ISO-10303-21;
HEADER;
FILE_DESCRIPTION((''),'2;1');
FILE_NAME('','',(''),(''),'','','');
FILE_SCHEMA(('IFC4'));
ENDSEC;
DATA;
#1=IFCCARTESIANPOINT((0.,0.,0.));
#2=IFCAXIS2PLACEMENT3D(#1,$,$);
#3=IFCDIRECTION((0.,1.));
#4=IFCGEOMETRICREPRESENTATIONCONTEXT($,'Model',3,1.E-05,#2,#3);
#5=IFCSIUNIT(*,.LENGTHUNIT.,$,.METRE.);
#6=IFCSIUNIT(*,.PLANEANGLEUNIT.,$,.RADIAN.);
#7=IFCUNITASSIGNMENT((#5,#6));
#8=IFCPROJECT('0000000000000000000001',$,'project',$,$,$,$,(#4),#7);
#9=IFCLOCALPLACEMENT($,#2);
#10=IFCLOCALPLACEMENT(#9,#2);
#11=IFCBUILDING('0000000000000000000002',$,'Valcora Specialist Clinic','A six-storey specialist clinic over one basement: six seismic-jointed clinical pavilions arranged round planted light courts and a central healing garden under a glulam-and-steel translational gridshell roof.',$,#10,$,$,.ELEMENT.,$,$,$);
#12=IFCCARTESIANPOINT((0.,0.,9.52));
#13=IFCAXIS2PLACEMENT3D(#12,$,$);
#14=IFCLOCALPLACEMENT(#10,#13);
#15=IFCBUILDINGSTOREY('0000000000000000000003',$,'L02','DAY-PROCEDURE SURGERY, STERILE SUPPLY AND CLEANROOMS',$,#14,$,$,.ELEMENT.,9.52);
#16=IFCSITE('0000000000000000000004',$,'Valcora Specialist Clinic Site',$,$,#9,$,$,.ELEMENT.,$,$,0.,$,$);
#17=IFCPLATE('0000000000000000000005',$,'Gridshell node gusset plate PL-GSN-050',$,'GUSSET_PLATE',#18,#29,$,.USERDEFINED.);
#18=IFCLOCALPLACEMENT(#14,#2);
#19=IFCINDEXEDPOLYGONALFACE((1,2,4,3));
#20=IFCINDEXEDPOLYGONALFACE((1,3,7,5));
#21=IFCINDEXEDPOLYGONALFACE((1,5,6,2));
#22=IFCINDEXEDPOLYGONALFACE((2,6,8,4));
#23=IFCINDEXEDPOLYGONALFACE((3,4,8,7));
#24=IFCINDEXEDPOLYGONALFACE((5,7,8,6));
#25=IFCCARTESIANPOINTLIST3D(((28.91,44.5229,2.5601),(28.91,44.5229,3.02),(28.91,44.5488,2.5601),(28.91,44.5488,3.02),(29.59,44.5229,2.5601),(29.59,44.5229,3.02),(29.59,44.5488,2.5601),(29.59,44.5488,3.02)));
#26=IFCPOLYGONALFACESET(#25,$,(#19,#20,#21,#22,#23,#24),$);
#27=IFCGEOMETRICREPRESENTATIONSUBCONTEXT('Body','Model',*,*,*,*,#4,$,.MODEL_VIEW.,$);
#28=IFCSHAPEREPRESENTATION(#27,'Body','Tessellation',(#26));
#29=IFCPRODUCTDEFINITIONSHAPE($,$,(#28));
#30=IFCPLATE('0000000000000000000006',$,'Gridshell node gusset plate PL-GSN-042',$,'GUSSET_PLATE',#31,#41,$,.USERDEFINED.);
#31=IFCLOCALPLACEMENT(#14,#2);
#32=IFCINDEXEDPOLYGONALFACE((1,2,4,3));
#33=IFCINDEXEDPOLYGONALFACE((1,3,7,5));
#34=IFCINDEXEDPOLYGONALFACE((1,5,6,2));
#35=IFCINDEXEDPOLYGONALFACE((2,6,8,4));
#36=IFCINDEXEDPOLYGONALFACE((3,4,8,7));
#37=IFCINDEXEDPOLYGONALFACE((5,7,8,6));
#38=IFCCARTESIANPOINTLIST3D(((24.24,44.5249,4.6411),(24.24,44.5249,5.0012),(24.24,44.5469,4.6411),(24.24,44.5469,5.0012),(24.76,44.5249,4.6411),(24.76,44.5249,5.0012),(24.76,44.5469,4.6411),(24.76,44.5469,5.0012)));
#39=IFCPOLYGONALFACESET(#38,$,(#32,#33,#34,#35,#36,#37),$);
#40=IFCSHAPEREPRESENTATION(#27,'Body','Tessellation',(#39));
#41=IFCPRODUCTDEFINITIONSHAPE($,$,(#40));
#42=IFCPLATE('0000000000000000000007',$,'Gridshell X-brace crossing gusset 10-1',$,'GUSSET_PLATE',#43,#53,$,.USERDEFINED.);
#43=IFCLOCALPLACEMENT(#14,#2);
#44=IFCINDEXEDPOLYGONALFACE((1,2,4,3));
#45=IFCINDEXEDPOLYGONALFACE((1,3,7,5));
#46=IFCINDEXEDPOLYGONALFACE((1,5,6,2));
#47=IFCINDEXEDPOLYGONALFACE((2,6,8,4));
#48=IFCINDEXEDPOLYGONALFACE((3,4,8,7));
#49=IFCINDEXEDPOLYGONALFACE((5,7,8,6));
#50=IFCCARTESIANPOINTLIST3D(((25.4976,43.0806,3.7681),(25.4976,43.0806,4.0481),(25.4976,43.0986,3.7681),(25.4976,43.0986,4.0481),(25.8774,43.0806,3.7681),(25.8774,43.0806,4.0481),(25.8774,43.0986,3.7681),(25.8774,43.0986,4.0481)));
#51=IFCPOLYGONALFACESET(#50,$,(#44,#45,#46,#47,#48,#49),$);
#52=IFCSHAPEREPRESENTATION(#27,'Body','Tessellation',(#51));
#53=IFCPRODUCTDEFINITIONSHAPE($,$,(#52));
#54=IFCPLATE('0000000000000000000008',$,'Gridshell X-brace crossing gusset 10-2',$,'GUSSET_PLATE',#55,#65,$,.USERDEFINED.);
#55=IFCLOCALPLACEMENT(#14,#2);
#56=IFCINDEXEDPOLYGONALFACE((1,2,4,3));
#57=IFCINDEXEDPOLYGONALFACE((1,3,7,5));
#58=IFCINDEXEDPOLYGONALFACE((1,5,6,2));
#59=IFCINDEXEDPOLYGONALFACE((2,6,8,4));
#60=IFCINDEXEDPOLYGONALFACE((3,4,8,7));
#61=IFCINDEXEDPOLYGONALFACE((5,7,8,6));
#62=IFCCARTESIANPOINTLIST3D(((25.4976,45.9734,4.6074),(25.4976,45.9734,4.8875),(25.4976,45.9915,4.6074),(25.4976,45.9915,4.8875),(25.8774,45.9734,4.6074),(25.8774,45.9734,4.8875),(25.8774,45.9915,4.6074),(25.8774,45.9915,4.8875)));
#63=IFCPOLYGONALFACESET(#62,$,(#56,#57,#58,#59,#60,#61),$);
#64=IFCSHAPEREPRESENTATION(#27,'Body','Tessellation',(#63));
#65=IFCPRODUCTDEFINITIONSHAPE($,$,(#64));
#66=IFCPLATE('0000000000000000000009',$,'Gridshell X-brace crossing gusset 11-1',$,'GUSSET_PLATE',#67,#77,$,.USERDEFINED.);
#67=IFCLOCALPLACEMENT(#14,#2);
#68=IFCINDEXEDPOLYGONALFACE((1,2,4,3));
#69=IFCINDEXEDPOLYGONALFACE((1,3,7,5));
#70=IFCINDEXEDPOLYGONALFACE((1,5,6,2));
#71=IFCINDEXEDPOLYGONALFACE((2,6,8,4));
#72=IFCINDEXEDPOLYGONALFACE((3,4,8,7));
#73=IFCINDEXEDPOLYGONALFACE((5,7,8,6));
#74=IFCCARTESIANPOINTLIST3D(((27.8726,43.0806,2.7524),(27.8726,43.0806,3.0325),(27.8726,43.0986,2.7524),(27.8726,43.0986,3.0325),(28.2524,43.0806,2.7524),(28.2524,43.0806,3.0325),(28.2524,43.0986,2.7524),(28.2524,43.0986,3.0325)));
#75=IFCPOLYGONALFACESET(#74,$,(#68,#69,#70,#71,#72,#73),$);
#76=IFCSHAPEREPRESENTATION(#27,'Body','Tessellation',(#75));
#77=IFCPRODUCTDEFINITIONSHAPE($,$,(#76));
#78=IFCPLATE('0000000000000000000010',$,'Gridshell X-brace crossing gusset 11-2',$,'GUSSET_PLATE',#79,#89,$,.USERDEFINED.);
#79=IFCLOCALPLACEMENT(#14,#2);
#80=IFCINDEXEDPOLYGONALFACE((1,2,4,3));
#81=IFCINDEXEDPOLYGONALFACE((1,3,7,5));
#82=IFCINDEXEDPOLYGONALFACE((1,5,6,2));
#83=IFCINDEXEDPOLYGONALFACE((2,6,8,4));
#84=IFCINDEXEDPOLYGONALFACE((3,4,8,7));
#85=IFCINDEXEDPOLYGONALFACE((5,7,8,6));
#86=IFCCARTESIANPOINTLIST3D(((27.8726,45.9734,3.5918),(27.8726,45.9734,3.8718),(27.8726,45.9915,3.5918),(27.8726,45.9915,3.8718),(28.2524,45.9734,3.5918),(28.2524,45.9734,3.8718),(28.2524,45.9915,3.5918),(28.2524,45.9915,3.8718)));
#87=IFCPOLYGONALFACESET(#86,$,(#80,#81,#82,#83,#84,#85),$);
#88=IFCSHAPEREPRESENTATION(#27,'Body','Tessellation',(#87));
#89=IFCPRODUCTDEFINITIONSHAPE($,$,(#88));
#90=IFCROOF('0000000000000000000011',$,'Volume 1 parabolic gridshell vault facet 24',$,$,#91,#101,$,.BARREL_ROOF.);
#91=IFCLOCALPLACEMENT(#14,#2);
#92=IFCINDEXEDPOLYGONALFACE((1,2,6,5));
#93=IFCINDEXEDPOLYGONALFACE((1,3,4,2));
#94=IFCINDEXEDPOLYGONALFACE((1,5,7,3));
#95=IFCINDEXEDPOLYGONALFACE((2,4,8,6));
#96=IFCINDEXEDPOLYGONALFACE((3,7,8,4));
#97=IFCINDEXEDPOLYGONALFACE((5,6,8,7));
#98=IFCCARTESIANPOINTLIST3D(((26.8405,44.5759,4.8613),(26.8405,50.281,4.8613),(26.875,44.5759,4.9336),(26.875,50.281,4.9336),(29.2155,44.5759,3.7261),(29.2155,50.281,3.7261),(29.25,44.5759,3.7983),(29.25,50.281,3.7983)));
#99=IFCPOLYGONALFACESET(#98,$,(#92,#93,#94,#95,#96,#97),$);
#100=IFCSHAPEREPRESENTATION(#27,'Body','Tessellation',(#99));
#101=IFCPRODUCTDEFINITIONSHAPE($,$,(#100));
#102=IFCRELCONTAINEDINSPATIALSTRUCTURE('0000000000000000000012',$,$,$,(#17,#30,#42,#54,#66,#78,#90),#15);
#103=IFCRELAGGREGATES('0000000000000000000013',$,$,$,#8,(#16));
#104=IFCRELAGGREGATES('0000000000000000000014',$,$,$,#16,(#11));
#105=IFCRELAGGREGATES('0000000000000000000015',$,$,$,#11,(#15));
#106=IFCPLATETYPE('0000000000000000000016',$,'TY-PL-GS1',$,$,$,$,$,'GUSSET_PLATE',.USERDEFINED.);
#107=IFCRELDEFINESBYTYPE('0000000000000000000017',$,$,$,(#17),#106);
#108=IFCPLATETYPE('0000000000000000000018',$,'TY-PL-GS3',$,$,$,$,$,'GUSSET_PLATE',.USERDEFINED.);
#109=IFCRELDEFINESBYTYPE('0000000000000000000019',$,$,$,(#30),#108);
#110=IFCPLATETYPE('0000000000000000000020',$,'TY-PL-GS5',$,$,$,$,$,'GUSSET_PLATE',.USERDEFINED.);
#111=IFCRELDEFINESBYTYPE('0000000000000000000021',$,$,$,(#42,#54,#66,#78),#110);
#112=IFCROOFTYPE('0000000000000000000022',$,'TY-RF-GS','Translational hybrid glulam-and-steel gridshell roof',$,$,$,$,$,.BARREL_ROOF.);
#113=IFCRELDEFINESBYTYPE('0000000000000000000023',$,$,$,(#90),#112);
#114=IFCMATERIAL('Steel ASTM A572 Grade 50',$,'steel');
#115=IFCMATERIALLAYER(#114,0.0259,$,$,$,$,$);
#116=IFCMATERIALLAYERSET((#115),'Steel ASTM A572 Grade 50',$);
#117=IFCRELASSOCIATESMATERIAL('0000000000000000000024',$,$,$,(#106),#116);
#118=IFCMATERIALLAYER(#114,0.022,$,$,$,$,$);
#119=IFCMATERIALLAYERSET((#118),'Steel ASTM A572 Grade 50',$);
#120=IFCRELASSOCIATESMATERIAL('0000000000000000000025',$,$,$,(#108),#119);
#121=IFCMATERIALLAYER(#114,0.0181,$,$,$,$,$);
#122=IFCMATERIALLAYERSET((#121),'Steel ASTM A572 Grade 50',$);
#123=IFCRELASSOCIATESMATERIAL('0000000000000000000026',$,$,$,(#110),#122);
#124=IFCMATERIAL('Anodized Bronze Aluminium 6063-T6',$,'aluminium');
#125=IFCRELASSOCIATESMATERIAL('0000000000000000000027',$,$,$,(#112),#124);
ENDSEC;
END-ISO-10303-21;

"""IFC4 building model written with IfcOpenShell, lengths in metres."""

from ifc_helpers import new_model, si_unit, direction, frame, origin, origin_2d, place, context, subcontext, project, spatial, polyline, rectangle, outline, extrude, material, layer, layer_set, type_object, element, save


model = new_model("IFC4")

# Units and contexts
model_context = context("Model", 3, precision=1e-05, world=origin(), true_north=direction((0.0, 1.0)))
body_context = subcontext(model_context, "Body", "Model", "MODEL_VIEW")
ifc_project = project(units=[si_unit("LENGTHUNIT", "METRE"), si_unit("PLANEANGLEUNIT", "RADIAN")], contexts=[model_context])

# Site, building, storey
site_placement = place(None, origin())
site = spatial("IfcSite", under=ifc_project, at=site_placement, Name="Valcora Specialist Clinic Site", CompositionType="ELEMENT", RefElevation=0.0)
building_placement = place(site_placement, origin())
building = spatial("IfcBuilding", under=site, at=building_placement, Name="Valcora Specialist Clinic", Description="A six-storey specialist clinic over one basement: six seismic-jointed clinical pavilions arranged round planted light courts and a central healing garden under a glulam-and-steel translational gridshell roof.", CompositionType="ELEMENT")
storey_placement = place(building_placement, frame((0.0, 0.0, 9.52)))
storey = spatial("IfcBuildingStorey", under=building, at=storey_placement, Name="L02", Description="DAY-PROCEDURE SURGERY, STERILE SUPPLY AND CLEANROOMS", CompositionType="ELEMENT", Elevation=9.52)

# Plates
ifc_material_1 = material(Name="Steel ASTM A572 Grade 50", Category="steel")
ifc_layer_1 = layer(ifc_material_1, 0.0259)
ifc_layer_set_1 = layer_set([ifc_layer_1], Name="Steel ASTM A572 Grade 50")
plate_type_1 = type_object("IfcPlateType", Name="TY-PL-GS1", ElementType="GUSSET_PLATE", PredefinedType="USERDEFINED", material=ifc_layer_set_1)
plate_1_placement = place(storey_placement, frame((29.25, 44.5359, 2.5601), z_axis=(0.0, 0.0, 1.0), x_axis=(1.0, 0.0, 0.0)))
element("IfcPlate", 1, at=plate_1_placement, inside=storey, type_object=plate_type_1, Name="Gridshell node gusset plate PL-GSN-050", ObjectType="GUSSET_PLATE", PredefinedType="USERDEFINED", context=body_context, shape_type="SweptSolid", body=[
    extrude(rectangle(XDim=0.6799, YDim=0.0259, at=origin_2d()), origin(), (0.0, 0.0, 1.0), 0.46),
])
ifc_layer_2 = layer(ifc_material_1, 0.022)
ifc_layer_set_2 = layer_set([ifc_layer_2], Name="Steel ASTM A572 Grade 50")
plate_type_2 = type_object("IfcPlateType", Name="TY-PL-GS3", ElementType="GUSSET_PLATE", PredefinedType="USERDEFINED", material=ifc_layer_set_2)
plate_2_placement = place(storey_placement, frame((24.5, 44.5359, 4.6411), z_axis=(0.0, 0.0, 1.0), x_axis=(1.0, 0.0, 0.0)))
element("IfcPlate", 2, at=plate_2_placement, inside=storey, type_object=plate_type_2, Name="Gridshell node gusset plate PL-GSN-042", ObjectType="GUSSET_PLATE", PredefinedType="USERDEFINED", context=body_context, shape_type="SweptSolid", body=[
    extrude(rectangle(XDim=0.52, YDim=0.022, at=origin_2d()), origin(), (0.0, 0.0, 1.0), 0.3601),
])
ifc_layer_3 = layer(ifc_material_1, 0.0181)
ifc_layer_set_3 = layer_set([ifc_layer_3], Name="Steel ASTM A572 Grade 50")
plate_type_3 = type_object("IfcPlateType", Name="TY-PL-GS5", ElementType="GUSSET_PLATE", PredefinedType="USERDEFINED", material=ifc_layer_set_3)
for number, where, z_axis, x_axis, name in (
    (3, (25.6875, 43.0896, 3.7681), (0.0, 0.0, 1.0), (1.0, 0.0, 0.0), "Gridshell X-brace crossing gusset 10-1"),
    (4, (25.6875, 45.9824, 4.6074), (0.0, 0.0, 1.0), (1.0, 0.0, 0.0), "Gridshell X-brace crossing gusset 10-2"),
    (5, (28.0625, 43.0896, 2.7524), (0.0, 0.0, 1.0), (1.0, 0.0, 0.0), "Gridshell X-brace crossing gusset 11-1"),
    (6, (28.0625, 45.9824, 3.5918), (0.0, 0.0, 1.0), (1.0, 0.0, 0.0), "Gridshell X-brace crossing gusset 11-2"),
):
    element("IfcPlate", number, at=place(storey_placement, frame(where, z_axis=z_axis, x_axis=x_axis)), inside=storey, type_object=plate_type_3, Name=name, ObjectType="GUSSET_PLATE", PredefinedType="USERDEFINED", context=body_context, shape_type="SweptSolid", body=[
        extrude(rectangle(XDim=0.3799, YDim=0.0181, at=origin_2d()), origin(), (0.0, 0.0, 1.0), 0.28),
    ])

# Roof
ifc_material_2 = material(Name="Anodized Bronze Aluminium 6063-T6", Category="aluminium")
roof_type = type_object("IfcRoofType", Name="TY-RF-GS", Description="Translational hybrid glulam-and-steel gridshell roof", PredefinedType="BARREL_ROOF", material=ifc_material_2)
roof_placement = place(storey_placement, frame((26.875, 44.5759, 4.9336), z_axis=(0.431265, 0.0, 0.902225), x_axis=(0.902225, 0.0, -0.431265)))
element("IfcRoof", 7, at=roof_placement, inside=storey, type_object=roof_type, Name="Volume 1 parabolic gridshell vault facet 24", PredefinedType="BARREL_ROOF", context=body_context, shape_type="SweptSolid", body=[
    extrude(outline(polyline([(0.0, 0.0), (2.6324, 0.0), (2.6324, 5.7051), (0.0, 5.7051), (0.0, 0.0)])), origin(), (0.0, 0.0, -1.0), 0.0801),
])

save(model, "model.ifc")
